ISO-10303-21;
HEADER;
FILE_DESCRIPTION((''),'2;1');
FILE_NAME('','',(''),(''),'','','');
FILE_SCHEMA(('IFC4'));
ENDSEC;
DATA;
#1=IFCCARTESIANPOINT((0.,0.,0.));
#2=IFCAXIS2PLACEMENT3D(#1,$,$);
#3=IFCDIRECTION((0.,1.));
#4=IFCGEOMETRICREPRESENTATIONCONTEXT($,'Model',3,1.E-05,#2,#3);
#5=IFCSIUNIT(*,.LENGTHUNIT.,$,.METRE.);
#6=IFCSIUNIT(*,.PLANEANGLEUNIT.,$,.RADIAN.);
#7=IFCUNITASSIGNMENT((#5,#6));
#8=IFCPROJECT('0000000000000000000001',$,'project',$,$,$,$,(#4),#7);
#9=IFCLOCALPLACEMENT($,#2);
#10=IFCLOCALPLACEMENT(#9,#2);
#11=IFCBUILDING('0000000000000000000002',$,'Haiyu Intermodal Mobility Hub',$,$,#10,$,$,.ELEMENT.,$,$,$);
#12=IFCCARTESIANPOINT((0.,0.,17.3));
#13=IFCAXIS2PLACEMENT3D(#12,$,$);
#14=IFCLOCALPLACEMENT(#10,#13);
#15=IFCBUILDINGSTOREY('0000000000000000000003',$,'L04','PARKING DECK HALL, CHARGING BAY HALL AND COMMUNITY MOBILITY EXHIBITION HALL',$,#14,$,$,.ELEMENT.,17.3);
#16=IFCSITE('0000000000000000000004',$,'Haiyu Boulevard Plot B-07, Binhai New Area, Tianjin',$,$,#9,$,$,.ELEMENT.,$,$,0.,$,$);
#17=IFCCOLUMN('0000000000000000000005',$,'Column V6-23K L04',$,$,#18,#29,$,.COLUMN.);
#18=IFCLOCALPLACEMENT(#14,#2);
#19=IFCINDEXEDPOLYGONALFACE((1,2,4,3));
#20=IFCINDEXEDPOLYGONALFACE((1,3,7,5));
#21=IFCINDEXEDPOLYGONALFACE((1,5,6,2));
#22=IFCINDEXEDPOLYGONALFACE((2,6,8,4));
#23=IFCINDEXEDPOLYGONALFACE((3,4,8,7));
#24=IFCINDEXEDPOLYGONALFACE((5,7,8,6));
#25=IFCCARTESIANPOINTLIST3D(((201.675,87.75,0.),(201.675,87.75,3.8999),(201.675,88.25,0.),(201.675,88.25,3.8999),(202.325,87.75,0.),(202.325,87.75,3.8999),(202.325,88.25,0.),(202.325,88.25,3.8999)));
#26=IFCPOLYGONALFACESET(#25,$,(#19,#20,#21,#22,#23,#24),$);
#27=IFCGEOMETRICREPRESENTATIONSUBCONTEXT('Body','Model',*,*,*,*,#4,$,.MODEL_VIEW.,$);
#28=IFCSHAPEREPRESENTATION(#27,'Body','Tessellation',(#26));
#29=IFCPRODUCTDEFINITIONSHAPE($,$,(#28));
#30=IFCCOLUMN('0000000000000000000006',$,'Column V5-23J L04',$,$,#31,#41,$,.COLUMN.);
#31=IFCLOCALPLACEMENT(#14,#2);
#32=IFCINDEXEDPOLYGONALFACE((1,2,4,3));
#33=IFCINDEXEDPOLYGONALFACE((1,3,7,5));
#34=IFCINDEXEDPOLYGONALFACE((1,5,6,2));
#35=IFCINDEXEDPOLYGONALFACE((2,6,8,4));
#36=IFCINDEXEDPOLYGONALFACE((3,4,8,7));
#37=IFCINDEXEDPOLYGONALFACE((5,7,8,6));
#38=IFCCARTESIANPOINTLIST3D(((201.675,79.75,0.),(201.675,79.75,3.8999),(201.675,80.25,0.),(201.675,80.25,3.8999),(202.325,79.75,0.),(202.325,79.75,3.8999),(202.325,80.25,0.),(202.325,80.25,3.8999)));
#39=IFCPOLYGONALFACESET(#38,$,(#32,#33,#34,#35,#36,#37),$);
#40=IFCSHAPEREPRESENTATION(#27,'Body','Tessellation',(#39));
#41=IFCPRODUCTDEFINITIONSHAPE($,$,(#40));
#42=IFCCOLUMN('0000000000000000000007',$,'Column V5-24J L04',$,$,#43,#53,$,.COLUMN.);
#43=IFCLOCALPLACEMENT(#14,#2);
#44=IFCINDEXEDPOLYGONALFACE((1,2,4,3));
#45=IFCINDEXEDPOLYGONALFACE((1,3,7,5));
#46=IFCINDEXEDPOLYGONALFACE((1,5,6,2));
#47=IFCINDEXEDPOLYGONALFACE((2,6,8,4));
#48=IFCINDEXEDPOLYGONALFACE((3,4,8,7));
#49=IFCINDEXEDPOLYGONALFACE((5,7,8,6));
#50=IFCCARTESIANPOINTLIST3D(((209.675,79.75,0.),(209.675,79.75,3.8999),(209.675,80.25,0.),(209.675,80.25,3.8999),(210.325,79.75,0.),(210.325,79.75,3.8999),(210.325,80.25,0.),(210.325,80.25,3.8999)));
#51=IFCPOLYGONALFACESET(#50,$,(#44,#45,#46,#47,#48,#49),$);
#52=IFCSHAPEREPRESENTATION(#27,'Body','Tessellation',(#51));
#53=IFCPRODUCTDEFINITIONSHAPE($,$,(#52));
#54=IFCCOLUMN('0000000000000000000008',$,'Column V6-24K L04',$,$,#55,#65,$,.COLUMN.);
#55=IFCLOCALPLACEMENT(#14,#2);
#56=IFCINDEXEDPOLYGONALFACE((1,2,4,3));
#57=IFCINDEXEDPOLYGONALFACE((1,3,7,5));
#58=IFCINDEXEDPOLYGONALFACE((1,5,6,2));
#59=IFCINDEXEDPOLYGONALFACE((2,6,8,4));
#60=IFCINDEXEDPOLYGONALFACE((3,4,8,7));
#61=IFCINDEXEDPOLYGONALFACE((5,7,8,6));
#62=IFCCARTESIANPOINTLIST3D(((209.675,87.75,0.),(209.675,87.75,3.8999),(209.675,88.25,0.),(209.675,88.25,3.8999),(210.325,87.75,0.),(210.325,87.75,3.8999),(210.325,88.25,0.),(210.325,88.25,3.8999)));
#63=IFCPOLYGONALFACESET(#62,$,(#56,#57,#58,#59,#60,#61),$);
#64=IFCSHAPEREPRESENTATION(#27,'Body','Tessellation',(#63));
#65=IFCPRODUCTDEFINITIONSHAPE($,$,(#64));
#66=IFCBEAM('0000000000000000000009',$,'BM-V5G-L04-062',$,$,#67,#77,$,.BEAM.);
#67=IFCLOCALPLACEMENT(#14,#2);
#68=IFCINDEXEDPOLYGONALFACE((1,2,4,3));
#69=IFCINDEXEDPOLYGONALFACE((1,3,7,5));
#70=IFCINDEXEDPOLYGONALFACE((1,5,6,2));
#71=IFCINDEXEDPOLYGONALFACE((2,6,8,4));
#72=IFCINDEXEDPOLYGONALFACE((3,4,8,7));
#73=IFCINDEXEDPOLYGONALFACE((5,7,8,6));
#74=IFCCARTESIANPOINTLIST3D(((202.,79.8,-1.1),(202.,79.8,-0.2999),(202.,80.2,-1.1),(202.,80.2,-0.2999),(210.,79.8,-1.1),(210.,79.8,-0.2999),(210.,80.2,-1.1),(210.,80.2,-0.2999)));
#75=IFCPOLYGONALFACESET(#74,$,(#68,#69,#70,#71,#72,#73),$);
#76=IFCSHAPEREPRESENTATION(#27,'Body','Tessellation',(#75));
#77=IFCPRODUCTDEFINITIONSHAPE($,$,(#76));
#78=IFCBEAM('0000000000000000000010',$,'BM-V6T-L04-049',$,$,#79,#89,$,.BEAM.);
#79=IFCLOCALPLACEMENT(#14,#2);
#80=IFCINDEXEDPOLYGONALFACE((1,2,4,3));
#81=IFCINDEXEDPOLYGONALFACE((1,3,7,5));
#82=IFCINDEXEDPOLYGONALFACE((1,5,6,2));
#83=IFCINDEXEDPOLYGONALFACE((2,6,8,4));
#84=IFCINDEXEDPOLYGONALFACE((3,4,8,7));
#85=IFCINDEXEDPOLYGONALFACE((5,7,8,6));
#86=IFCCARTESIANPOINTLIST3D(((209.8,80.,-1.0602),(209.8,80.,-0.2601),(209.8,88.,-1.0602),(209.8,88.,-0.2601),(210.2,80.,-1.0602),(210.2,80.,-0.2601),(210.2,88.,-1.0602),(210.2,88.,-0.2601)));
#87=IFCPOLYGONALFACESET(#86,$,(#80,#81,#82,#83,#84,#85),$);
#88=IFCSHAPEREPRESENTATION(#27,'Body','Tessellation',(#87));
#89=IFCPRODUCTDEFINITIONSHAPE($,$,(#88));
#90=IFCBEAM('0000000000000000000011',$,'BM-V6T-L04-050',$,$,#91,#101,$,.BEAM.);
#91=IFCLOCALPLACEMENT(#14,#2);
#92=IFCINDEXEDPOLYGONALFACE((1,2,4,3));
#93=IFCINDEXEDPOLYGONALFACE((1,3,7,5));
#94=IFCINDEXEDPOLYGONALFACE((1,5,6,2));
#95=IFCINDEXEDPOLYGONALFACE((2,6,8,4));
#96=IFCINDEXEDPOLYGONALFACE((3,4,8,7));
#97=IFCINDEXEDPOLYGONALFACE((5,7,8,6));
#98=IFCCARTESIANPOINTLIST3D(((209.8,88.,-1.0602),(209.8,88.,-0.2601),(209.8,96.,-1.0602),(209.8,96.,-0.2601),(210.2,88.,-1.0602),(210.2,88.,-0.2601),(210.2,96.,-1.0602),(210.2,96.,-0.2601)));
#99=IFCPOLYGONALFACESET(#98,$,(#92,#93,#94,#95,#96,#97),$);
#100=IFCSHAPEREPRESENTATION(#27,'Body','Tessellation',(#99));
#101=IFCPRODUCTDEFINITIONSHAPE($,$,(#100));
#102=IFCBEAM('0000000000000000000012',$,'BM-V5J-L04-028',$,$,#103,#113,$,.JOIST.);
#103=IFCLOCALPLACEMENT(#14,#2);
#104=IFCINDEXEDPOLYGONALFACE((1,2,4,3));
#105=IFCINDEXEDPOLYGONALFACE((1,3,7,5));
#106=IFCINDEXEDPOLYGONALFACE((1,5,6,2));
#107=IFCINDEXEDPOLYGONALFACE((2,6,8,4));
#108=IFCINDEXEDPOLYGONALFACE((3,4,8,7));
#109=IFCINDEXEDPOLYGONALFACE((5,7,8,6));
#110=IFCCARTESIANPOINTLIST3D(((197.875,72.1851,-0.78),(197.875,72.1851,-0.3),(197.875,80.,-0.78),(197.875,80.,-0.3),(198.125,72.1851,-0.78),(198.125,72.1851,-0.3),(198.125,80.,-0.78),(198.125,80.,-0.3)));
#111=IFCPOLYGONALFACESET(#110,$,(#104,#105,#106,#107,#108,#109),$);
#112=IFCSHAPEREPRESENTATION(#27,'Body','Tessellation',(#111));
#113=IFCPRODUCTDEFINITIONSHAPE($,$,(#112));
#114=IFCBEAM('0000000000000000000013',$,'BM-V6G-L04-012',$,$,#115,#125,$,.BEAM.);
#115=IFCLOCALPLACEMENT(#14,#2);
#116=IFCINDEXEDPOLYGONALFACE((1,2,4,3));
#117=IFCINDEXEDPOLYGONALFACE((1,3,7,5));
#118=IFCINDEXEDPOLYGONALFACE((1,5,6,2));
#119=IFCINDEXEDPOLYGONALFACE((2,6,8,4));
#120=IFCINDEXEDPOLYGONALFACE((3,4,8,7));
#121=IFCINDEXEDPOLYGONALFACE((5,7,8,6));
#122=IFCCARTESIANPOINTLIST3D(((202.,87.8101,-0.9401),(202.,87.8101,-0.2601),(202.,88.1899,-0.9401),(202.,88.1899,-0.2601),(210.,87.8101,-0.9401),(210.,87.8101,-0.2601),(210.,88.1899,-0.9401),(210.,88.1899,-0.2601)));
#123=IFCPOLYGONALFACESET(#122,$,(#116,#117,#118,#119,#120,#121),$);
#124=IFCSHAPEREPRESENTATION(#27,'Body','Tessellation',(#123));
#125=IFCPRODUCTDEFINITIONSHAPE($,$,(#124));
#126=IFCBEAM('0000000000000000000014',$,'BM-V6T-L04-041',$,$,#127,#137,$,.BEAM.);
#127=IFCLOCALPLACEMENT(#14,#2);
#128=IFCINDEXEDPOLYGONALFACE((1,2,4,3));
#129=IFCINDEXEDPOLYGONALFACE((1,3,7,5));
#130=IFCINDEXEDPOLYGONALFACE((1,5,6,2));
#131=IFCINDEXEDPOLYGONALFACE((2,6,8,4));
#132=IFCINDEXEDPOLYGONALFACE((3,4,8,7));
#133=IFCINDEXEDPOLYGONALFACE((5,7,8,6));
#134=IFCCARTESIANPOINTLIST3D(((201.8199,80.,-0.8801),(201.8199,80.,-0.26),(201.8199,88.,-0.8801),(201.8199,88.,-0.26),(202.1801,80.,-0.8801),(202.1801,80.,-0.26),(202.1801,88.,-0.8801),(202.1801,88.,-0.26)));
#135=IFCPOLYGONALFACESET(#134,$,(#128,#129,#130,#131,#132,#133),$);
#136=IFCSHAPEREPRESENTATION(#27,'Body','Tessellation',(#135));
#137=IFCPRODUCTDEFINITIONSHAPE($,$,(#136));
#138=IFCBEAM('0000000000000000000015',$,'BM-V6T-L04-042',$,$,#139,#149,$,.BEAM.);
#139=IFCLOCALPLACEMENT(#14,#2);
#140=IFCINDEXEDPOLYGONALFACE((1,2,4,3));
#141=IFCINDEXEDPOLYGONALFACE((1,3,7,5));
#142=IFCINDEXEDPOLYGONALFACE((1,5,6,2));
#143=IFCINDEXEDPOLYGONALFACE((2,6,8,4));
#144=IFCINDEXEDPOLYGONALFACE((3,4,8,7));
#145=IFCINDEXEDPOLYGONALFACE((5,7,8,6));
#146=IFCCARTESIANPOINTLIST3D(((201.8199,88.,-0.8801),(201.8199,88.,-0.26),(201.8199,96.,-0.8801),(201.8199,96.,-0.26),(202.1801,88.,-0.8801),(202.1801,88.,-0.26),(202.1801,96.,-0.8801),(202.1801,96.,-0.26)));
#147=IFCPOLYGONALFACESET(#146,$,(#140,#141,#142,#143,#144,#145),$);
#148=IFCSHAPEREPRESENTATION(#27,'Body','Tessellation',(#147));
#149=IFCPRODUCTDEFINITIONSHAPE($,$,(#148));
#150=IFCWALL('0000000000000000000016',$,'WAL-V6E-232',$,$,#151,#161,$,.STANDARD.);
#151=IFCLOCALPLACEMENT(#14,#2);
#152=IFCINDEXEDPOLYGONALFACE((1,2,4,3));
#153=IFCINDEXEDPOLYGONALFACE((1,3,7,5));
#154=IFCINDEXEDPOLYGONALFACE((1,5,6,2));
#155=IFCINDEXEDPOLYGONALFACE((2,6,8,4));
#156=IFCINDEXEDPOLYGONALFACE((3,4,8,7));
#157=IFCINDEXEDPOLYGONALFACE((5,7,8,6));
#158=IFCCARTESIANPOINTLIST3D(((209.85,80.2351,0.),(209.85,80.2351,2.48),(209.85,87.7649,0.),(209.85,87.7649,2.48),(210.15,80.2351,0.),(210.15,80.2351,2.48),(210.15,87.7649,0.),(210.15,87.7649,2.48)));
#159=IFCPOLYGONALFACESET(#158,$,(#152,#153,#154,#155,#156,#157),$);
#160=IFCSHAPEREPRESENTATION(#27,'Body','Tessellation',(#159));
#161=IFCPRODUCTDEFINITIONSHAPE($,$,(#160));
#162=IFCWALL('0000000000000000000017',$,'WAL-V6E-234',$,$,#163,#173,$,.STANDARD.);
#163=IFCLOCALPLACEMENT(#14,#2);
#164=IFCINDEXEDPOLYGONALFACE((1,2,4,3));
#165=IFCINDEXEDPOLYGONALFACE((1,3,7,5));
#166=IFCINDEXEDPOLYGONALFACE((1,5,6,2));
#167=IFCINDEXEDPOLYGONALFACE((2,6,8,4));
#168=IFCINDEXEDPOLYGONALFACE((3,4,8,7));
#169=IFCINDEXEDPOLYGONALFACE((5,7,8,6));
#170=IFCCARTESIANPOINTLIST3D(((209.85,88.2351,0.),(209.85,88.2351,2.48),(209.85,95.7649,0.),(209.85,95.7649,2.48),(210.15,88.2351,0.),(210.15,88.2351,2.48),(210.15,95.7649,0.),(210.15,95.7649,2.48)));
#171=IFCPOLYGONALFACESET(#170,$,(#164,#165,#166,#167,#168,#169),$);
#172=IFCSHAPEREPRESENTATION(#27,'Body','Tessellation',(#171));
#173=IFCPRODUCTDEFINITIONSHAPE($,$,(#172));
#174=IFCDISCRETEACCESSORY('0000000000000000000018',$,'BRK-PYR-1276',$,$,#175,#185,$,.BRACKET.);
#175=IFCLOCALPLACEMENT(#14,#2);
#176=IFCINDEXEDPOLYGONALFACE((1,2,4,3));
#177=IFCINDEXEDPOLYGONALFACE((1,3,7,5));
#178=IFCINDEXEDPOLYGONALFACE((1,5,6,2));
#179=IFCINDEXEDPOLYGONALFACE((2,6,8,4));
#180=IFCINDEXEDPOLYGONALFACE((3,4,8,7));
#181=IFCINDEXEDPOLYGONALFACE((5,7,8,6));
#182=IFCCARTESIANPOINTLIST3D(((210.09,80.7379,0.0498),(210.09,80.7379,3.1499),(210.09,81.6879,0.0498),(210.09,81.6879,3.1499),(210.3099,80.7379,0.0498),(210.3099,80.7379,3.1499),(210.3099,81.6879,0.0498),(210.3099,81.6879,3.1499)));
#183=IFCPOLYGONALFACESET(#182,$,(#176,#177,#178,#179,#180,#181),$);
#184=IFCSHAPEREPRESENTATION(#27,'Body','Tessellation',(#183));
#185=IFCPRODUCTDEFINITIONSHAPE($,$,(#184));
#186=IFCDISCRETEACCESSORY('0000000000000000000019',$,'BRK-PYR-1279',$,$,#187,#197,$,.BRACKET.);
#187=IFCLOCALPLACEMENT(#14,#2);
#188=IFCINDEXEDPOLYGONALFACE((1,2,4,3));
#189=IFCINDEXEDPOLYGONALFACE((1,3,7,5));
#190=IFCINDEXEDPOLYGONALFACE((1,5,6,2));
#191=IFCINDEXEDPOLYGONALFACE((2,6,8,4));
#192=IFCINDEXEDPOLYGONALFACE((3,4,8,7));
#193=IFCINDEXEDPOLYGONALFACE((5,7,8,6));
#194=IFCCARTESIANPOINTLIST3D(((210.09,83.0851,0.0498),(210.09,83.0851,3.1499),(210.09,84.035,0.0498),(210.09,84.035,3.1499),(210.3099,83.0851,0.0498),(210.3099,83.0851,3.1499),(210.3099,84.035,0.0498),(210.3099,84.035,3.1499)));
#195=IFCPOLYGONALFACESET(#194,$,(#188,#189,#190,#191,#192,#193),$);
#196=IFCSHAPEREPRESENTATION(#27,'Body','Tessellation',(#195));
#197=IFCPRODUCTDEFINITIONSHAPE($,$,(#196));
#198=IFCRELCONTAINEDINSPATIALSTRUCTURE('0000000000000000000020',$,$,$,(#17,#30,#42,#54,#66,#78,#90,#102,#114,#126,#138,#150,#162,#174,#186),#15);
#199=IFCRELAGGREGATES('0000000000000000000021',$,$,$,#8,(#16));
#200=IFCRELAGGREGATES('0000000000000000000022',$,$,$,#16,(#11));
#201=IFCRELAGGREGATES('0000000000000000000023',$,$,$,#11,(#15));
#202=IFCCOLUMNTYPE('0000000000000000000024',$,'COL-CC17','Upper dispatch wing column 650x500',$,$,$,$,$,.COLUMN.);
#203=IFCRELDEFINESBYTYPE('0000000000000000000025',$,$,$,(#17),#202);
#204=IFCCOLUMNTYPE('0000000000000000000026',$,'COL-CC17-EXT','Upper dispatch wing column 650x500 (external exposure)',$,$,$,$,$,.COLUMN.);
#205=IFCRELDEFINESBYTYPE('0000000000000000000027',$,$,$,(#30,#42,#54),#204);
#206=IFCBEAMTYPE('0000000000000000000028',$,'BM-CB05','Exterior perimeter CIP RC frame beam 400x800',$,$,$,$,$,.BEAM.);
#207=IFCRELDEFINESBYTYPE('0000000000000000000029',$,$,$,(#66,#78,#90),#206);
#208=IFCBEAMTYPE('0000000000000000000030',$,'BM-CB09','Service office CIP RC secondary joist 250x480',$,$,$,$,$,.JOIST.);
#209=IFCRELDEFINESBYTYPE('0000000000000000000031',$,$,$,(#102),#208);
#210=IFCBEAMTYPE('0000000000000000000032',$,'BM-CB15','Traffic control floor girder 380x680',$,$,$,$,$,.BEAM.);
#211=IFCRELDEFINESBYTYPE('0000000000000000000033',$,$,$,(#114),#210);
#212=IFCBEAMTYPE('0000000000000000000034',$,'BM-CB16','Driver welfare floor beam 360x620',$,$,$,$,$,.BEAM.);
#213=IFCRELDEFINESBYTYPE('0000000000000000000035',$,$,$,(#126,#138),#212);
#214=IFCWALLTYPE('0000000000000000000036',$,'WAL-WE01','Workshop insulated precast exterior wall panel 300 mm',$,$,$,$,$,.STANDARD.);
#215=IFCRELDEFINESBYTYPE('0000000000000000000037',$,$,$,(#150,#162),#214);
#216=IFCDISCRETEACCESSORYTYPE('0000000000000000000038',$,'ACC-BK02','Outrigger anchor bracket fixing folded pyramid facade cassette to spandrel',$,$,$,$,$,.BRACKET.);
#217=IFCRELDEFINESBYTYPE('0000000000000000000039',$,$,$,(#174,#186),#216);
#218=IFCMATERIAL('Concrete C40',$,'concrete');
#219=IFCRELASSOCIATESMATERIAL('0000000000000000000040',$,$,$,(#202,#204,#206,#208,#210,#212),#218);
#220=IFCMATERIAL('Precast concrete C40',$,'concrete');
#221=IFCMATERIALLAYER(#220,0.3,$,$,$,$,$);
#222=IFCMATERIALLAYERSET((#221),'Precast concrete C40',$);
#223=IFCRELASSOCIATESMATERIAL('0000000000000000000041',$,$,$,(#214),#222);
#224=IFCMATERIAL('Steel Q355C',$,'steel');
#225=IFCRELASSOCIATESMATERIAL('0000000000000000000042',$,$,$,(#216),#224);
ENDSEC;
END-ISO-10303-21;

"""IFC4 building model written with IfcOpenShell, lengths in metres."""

from ifc_helpers import new_model, si_unit, direction, frame, frame_2d, origin, origin_2d, place, context, subcontext, project, spatial, rectangle, extrude, material, layer, layer_set, material_profile, profile_set, type_object, element, save


model = new_model("IFC4")

# Units and contexts
model_context = context("Model", 3, precision=1e-05, world=origin(), true_north=direction((0.0, 1.0)))
body_context = subcontext(model_context, "Body", "Model", "MODEL_VIEW")
ifc_project = project(units=[si_unit("LENGTHUNIT", "METRE"), si_unit("PLANEANGLEUNIT", "RADIAN")], contexts=[model_context])

# Site, building, storey
site_placement = place(None, origin())
site = spatial("IfcSite", under=ifc_project, at=site_placement, Name="Haiyu Boulevard Plot B-07, Binhai New Area, Tianjin", CompositionType="ELEMENT", RefElevation=0.0)
building_placement = place(site_placement, origin())
building = spatial("IfcBuilding", under=site, at=building_placement, Name="Haiyu Intermodal Mobility Hub", CompositionType="ELEMENT")
storey_placement = place(building_placement, frame((0.0, 0.0, 17.3)))
storey = spatial("IfcBuildingStorey", under=building, at=storey_placement, Name="L04", Description="PARKING DECK HALL, CHARGING BAY HALL AND COMMUNITY MOBILITY EXHIBITION HALL", CompositionType="ELEMENT", Elevation=17.3)

# Columns
ifc_material_1 = material(Name="Concrete C40", Category="concrete")
ifc_material_profile_1 = material_profile(ifc_material_1, rectangle(XDim=0.6499, YDim=0.5, at=origin_2d()), Name="C650x500")
ifc_profile_set_1 = profile_set([ifc_material_profile_1], Name="Concrete C40")
column_type_1 = type_object("IfcColumnType", Name="COL-CC17", Description="Upper dispatch wing column 650x500", PredefinedType="COLUMN", material=ifc_profile_set_1)
column_placement = place(storey_placement, frame((202.0, 88.0, 0.0), z_axis=(0.0, 0.0, 1.0), x_axis=(1.0, 0.0, 0.0)))
element("IfcColumn", 1, at=column_placement, inside=storey, type_object=column_type_1, Name="Column V6-23K L04", PredefinedType="COLUMN", context=body_context, shape_type="SweptSolid", body=[
    extrude(rectangle(XDim=0.6499, YDim=0.5, at=origin_2d()), origin(), (0.0, 0.0, 1.0), 3.8999),
])
ifc_material_profile_2 = material_profile(ifc_material_1, rectangle(XDim=0.6499, YDim=0.5, at=origin_2d()), Name="C650x500")
ifc_profile_set_2 = profile_set([ifc_material_profile_2], Name="Concrete C40")
column_type_2 = type_object("IfcColumnType", Name="COL-CC17-EXT", Description="Upper dispatch wing column 650x500 (external exposure)", PredefinedType="COLUMN", material=ifc_profile_set_2)
for number, where, z_axis, x_axis, name in (
    (2, (202.0, 80.0, 0.0), (0.0, 0.0, 1.0), (1.0, 0.0, 0.0), "Column V5-23J L04"),
    (3, (210.0, 80.0, 0.0), (0.0, 0.0, 1.0), (1.0, 0.0, 0.0), "Column V5-24J L04"),
    (4, (210.0, 88.0, 0.0), (0.0, 0.0, 1.0), (1.0, 0.0, 0.0), "Column V6-24K L04"),
):
    element("IfcColumn", number, at=place(storey_placement, frame(where, z_axis=z_axis, x_axis=x_axis)), inside=storey, type_object=column_type_2, Name=name, PredefinedType="COLUMN", context=body_context, shape_type="SweptSolid", body=[
        extrude(rectangle(XDim=0.6499, YDim=0.5, at=origin_2d()), origin(), (0.0, 0.0, 1.0), 3.8999),
    ])

# Beams
ifc_material_profile_3 = material_profile(ifc_material_1, rectangle(XDim=0.3999, YDim=0.8, at=origin_2d()), Name="RCB400x800")
ifc_profile_set_3 = profile_set([ifc_material_profile_3], Name="Concrete C40")
beam_type_1 = type_object("IfcBeamType", Name="BM-CB05", Description="Exterior perimeter CIP RC frame beam 400x800", PredefinedType="BEAM", material=ifc_profile_set_3)
for number, where, z_axis, x_axis, name in (
    (5, (202.0, 80.0, -0.7), (1.0, 0.0, 0.0), (0.0, 1.0, 0.0), "BM-V5G-L04-062"),
    (6, (210.0, 80.0, -0.6602), (0.0, 1.0, 0.0), (-1.0, 0.0, 0.0), "BM-V6T-L04-049"),
    (7, (210.0, 88.0, -0.6602), (0.0, 1.0, 0.0), (-1.0, 0.0, 0.0), "BM-V6T-L04-050"),
):
    element("IfcBeam", number, at=place(storey_placement, frame(where, z_axis=z_axis, x_axis=x_axis)), inside=storey, type_object=beam_type_1, Name=name, PredefinedType="BEAM", context=body_context, shape_type="SweptSolid", body=[
        extrude(rectangle(XDim=0.3999, YDim=0.8, at=origin_2d()), origin(), (0.0, 0.0, 1.0), 8.0),
    ])
ifc_material_profile_4 = material_profile(ifc_material_1, rectangle(XDim=0.25, YDim=0.48, at=origin_2d()), Name="RCB250x480")
ifc_profile_set_4 = profile_set([ifc_material_profile_4], Name="Concrete C40")
beam_type_2 = type_object("IfcBeamType", Name="BM-CB09", Description="Service office CIP RC secondary joist 250x480", PredefinedType="JOIST", material=ifc_profile_set_4)
beam_1_placement = place(storey_placement, frame((198.0, 72.1851, -0.54), z_axis=(0.0, 1.0, 0.0), x_axis=(-1.0, 0.0, 0.0)))
element("IfcBeam", 8, at=beam_1_placement, inside=storey, type_object=beam_type_2, Name="BM-V5J-L04-028", PredefinedType="JOIST", context=body_context, shape_type="SweptSolid", body=[
    extrude(rectangle(XDim=0.25, YDim=0.48, at=origin_2d()), origin(), (0.0, 0.0, 1.0), 7.8149),
])
ifc_material_profile_5 = material_profile(ifc_material_1, rectangle(XDim=0.3799, YDim=0.6799, at=origin_2d()), Name="B380x680")
ifc_profile_set_5 = profile_set([ifc_material_profile_5], Name="Concrete C40")
beam_type_3 = type_object("IfcBeamType", Name="BM-CB15", Description="Traffic control floor girder 380x680", PredefinedType="BEAM", material=ifc_profile_set_5)
beam_2_placement = place(storey_placement, frame((202.0, 88.0, -0.6001), z_axis=(1.0, 0.0, 0.0), x_axis=(0.0, 1.0, 0.0)))
element("IfcBeam", 9, at=beam_2_placement, inside=storey, type_object=beam_type_3, Name="BM-V6G-L04-012", PredefinedType="BEAM", context=body_context, shape_type="SweptSolid", body=[
    extrude(rectangle(XDim=0.3799, YDim=0.6799, at=origin_2d()), origin(), (0.0, 0.0, 1.0), 8.0),
])
ifc_material_profile_6 = material_profile(ifc_material_1, rectangle(XDim=0.3601, YDim=0.6201, at=origin_2d()), Name="B360x620")
ifc_profile_set_6 = profile_set([ifc_material_profile_6], Name="Concrete C40")
beam_type_4 = type_object("IfcBeamType", Name="BM-CB16", Description="Driver welfare floor beam 360x620", PredefinedType="BEAM", material=ifc_profile_set_6)
for number, where, z_axis, x_axis, name in (
    (10, (202.0, 80.0, -0.5701), (0.0, 1.0, 0.0), (-1.0, 0.0, 0.0), "BM-V6T-L04-041"),
    (11, (202.0, 88.0, -0.5701), (0.0, 1.0, 0.0), (-1.0, 0.0, 0.0), "BM-V6T-L04-042"),
):
    element("IfcBeam", number, at=place(storey_placement, frame(where, z_axis=z_axis, x_axis=x_axis)), inside=storey, type_object=beam_type_4, Name=name, PredefinedType="BEAM", context=body_context, shape_type="SweptSolid", body=[
        extrude(rectangle(XDim=0.3601, YDim=0.6201, at=origin_2d()), origin(), (0.0, 0.0, 1.0), 8.0),
    ])

# Walls
ifc_material_2 = material(Name="Precast concrete C40", Category="concrete")
ifc_layer = layer(ifc_material_2, 0.3)
ifc_layer_set = layer_set([ifc_layer], Name="Precast concrete C40")
wall_type = type_object("IfcWallType", Name="WAL-WE01", Description="Workshop insulated precast exterior wall panel 300 mm", PredefinedType="STANDARD", material=ifc_layer_set)
for number, where, z_axis, x_axis, name in (
    (12, (210.0, 80.2351, 0.0), (0.0, 0.0, 1.0), (0.0, 1.0, 0.0), "WAL-V6E-232"),
    (13, (210.0, 88.2351, 0.0), (0.0, 0.0, 1.0), (0.0, 1.0, 0.0), "WAL-V6E-234"),
):
    element("IfcWall", number, at=place(storey_placement, frame(where, z_axis=z_axis, x_axis=x_axis)), inside=storey, type_object=wall_type, Name=name, PredefinedType="STANDARD", context=body_context, shape_type="SweptSolid", body=[
        extrude(rectangle(XDim=7.5298, YDim=0.3, at=frame_2d((3.7649, 0.0))), origin(), (0.0, 0.0, 1.0), 2.48),
    ])

# Discrete accessories
ifc_material_3 = material(Name="Steel Q355C", Category="steel")
discrete_accessory_type = type_object("IfcDiscreteAccessoryType", Name="ACC-BK02", Description="Outrigger anchor bracket fixing folded pyramid facade cassette to spandrel", PredefinedType="BRACKET", material=ifc_material_3)
for number, where, z_axis, x_axis, name in (
    (14, (210.2, 81.2129, 0.0498), (0.0, 0.0, 1.0), (1.0, 0.0, 0.0), "BRK-PYR-1276"),
    (15, (210.2, 83.5601, 0.0498), (0.0, 0.0, 1.0), (1.0, 0.0, 0.0), "BRK-PYR-1279"),
):
    element("IfcDiscreteAccessory", number, at=place(storey_placement, frame(where, z_axis=z_axis, x_axis=x_axis)), inside=storey, type_object=discrete_accessory_type, Name=name, PredefinedType="BRACKET", context=body_context, shape_type="SweptSolid", body=[
        extrude(rectangle(XDim=0.22, YDim=0.95, at=origin_2d()), origin(), (0.0, 0.0, 1.0), 3.1001),
    ])

save(model, "model.ifc")
